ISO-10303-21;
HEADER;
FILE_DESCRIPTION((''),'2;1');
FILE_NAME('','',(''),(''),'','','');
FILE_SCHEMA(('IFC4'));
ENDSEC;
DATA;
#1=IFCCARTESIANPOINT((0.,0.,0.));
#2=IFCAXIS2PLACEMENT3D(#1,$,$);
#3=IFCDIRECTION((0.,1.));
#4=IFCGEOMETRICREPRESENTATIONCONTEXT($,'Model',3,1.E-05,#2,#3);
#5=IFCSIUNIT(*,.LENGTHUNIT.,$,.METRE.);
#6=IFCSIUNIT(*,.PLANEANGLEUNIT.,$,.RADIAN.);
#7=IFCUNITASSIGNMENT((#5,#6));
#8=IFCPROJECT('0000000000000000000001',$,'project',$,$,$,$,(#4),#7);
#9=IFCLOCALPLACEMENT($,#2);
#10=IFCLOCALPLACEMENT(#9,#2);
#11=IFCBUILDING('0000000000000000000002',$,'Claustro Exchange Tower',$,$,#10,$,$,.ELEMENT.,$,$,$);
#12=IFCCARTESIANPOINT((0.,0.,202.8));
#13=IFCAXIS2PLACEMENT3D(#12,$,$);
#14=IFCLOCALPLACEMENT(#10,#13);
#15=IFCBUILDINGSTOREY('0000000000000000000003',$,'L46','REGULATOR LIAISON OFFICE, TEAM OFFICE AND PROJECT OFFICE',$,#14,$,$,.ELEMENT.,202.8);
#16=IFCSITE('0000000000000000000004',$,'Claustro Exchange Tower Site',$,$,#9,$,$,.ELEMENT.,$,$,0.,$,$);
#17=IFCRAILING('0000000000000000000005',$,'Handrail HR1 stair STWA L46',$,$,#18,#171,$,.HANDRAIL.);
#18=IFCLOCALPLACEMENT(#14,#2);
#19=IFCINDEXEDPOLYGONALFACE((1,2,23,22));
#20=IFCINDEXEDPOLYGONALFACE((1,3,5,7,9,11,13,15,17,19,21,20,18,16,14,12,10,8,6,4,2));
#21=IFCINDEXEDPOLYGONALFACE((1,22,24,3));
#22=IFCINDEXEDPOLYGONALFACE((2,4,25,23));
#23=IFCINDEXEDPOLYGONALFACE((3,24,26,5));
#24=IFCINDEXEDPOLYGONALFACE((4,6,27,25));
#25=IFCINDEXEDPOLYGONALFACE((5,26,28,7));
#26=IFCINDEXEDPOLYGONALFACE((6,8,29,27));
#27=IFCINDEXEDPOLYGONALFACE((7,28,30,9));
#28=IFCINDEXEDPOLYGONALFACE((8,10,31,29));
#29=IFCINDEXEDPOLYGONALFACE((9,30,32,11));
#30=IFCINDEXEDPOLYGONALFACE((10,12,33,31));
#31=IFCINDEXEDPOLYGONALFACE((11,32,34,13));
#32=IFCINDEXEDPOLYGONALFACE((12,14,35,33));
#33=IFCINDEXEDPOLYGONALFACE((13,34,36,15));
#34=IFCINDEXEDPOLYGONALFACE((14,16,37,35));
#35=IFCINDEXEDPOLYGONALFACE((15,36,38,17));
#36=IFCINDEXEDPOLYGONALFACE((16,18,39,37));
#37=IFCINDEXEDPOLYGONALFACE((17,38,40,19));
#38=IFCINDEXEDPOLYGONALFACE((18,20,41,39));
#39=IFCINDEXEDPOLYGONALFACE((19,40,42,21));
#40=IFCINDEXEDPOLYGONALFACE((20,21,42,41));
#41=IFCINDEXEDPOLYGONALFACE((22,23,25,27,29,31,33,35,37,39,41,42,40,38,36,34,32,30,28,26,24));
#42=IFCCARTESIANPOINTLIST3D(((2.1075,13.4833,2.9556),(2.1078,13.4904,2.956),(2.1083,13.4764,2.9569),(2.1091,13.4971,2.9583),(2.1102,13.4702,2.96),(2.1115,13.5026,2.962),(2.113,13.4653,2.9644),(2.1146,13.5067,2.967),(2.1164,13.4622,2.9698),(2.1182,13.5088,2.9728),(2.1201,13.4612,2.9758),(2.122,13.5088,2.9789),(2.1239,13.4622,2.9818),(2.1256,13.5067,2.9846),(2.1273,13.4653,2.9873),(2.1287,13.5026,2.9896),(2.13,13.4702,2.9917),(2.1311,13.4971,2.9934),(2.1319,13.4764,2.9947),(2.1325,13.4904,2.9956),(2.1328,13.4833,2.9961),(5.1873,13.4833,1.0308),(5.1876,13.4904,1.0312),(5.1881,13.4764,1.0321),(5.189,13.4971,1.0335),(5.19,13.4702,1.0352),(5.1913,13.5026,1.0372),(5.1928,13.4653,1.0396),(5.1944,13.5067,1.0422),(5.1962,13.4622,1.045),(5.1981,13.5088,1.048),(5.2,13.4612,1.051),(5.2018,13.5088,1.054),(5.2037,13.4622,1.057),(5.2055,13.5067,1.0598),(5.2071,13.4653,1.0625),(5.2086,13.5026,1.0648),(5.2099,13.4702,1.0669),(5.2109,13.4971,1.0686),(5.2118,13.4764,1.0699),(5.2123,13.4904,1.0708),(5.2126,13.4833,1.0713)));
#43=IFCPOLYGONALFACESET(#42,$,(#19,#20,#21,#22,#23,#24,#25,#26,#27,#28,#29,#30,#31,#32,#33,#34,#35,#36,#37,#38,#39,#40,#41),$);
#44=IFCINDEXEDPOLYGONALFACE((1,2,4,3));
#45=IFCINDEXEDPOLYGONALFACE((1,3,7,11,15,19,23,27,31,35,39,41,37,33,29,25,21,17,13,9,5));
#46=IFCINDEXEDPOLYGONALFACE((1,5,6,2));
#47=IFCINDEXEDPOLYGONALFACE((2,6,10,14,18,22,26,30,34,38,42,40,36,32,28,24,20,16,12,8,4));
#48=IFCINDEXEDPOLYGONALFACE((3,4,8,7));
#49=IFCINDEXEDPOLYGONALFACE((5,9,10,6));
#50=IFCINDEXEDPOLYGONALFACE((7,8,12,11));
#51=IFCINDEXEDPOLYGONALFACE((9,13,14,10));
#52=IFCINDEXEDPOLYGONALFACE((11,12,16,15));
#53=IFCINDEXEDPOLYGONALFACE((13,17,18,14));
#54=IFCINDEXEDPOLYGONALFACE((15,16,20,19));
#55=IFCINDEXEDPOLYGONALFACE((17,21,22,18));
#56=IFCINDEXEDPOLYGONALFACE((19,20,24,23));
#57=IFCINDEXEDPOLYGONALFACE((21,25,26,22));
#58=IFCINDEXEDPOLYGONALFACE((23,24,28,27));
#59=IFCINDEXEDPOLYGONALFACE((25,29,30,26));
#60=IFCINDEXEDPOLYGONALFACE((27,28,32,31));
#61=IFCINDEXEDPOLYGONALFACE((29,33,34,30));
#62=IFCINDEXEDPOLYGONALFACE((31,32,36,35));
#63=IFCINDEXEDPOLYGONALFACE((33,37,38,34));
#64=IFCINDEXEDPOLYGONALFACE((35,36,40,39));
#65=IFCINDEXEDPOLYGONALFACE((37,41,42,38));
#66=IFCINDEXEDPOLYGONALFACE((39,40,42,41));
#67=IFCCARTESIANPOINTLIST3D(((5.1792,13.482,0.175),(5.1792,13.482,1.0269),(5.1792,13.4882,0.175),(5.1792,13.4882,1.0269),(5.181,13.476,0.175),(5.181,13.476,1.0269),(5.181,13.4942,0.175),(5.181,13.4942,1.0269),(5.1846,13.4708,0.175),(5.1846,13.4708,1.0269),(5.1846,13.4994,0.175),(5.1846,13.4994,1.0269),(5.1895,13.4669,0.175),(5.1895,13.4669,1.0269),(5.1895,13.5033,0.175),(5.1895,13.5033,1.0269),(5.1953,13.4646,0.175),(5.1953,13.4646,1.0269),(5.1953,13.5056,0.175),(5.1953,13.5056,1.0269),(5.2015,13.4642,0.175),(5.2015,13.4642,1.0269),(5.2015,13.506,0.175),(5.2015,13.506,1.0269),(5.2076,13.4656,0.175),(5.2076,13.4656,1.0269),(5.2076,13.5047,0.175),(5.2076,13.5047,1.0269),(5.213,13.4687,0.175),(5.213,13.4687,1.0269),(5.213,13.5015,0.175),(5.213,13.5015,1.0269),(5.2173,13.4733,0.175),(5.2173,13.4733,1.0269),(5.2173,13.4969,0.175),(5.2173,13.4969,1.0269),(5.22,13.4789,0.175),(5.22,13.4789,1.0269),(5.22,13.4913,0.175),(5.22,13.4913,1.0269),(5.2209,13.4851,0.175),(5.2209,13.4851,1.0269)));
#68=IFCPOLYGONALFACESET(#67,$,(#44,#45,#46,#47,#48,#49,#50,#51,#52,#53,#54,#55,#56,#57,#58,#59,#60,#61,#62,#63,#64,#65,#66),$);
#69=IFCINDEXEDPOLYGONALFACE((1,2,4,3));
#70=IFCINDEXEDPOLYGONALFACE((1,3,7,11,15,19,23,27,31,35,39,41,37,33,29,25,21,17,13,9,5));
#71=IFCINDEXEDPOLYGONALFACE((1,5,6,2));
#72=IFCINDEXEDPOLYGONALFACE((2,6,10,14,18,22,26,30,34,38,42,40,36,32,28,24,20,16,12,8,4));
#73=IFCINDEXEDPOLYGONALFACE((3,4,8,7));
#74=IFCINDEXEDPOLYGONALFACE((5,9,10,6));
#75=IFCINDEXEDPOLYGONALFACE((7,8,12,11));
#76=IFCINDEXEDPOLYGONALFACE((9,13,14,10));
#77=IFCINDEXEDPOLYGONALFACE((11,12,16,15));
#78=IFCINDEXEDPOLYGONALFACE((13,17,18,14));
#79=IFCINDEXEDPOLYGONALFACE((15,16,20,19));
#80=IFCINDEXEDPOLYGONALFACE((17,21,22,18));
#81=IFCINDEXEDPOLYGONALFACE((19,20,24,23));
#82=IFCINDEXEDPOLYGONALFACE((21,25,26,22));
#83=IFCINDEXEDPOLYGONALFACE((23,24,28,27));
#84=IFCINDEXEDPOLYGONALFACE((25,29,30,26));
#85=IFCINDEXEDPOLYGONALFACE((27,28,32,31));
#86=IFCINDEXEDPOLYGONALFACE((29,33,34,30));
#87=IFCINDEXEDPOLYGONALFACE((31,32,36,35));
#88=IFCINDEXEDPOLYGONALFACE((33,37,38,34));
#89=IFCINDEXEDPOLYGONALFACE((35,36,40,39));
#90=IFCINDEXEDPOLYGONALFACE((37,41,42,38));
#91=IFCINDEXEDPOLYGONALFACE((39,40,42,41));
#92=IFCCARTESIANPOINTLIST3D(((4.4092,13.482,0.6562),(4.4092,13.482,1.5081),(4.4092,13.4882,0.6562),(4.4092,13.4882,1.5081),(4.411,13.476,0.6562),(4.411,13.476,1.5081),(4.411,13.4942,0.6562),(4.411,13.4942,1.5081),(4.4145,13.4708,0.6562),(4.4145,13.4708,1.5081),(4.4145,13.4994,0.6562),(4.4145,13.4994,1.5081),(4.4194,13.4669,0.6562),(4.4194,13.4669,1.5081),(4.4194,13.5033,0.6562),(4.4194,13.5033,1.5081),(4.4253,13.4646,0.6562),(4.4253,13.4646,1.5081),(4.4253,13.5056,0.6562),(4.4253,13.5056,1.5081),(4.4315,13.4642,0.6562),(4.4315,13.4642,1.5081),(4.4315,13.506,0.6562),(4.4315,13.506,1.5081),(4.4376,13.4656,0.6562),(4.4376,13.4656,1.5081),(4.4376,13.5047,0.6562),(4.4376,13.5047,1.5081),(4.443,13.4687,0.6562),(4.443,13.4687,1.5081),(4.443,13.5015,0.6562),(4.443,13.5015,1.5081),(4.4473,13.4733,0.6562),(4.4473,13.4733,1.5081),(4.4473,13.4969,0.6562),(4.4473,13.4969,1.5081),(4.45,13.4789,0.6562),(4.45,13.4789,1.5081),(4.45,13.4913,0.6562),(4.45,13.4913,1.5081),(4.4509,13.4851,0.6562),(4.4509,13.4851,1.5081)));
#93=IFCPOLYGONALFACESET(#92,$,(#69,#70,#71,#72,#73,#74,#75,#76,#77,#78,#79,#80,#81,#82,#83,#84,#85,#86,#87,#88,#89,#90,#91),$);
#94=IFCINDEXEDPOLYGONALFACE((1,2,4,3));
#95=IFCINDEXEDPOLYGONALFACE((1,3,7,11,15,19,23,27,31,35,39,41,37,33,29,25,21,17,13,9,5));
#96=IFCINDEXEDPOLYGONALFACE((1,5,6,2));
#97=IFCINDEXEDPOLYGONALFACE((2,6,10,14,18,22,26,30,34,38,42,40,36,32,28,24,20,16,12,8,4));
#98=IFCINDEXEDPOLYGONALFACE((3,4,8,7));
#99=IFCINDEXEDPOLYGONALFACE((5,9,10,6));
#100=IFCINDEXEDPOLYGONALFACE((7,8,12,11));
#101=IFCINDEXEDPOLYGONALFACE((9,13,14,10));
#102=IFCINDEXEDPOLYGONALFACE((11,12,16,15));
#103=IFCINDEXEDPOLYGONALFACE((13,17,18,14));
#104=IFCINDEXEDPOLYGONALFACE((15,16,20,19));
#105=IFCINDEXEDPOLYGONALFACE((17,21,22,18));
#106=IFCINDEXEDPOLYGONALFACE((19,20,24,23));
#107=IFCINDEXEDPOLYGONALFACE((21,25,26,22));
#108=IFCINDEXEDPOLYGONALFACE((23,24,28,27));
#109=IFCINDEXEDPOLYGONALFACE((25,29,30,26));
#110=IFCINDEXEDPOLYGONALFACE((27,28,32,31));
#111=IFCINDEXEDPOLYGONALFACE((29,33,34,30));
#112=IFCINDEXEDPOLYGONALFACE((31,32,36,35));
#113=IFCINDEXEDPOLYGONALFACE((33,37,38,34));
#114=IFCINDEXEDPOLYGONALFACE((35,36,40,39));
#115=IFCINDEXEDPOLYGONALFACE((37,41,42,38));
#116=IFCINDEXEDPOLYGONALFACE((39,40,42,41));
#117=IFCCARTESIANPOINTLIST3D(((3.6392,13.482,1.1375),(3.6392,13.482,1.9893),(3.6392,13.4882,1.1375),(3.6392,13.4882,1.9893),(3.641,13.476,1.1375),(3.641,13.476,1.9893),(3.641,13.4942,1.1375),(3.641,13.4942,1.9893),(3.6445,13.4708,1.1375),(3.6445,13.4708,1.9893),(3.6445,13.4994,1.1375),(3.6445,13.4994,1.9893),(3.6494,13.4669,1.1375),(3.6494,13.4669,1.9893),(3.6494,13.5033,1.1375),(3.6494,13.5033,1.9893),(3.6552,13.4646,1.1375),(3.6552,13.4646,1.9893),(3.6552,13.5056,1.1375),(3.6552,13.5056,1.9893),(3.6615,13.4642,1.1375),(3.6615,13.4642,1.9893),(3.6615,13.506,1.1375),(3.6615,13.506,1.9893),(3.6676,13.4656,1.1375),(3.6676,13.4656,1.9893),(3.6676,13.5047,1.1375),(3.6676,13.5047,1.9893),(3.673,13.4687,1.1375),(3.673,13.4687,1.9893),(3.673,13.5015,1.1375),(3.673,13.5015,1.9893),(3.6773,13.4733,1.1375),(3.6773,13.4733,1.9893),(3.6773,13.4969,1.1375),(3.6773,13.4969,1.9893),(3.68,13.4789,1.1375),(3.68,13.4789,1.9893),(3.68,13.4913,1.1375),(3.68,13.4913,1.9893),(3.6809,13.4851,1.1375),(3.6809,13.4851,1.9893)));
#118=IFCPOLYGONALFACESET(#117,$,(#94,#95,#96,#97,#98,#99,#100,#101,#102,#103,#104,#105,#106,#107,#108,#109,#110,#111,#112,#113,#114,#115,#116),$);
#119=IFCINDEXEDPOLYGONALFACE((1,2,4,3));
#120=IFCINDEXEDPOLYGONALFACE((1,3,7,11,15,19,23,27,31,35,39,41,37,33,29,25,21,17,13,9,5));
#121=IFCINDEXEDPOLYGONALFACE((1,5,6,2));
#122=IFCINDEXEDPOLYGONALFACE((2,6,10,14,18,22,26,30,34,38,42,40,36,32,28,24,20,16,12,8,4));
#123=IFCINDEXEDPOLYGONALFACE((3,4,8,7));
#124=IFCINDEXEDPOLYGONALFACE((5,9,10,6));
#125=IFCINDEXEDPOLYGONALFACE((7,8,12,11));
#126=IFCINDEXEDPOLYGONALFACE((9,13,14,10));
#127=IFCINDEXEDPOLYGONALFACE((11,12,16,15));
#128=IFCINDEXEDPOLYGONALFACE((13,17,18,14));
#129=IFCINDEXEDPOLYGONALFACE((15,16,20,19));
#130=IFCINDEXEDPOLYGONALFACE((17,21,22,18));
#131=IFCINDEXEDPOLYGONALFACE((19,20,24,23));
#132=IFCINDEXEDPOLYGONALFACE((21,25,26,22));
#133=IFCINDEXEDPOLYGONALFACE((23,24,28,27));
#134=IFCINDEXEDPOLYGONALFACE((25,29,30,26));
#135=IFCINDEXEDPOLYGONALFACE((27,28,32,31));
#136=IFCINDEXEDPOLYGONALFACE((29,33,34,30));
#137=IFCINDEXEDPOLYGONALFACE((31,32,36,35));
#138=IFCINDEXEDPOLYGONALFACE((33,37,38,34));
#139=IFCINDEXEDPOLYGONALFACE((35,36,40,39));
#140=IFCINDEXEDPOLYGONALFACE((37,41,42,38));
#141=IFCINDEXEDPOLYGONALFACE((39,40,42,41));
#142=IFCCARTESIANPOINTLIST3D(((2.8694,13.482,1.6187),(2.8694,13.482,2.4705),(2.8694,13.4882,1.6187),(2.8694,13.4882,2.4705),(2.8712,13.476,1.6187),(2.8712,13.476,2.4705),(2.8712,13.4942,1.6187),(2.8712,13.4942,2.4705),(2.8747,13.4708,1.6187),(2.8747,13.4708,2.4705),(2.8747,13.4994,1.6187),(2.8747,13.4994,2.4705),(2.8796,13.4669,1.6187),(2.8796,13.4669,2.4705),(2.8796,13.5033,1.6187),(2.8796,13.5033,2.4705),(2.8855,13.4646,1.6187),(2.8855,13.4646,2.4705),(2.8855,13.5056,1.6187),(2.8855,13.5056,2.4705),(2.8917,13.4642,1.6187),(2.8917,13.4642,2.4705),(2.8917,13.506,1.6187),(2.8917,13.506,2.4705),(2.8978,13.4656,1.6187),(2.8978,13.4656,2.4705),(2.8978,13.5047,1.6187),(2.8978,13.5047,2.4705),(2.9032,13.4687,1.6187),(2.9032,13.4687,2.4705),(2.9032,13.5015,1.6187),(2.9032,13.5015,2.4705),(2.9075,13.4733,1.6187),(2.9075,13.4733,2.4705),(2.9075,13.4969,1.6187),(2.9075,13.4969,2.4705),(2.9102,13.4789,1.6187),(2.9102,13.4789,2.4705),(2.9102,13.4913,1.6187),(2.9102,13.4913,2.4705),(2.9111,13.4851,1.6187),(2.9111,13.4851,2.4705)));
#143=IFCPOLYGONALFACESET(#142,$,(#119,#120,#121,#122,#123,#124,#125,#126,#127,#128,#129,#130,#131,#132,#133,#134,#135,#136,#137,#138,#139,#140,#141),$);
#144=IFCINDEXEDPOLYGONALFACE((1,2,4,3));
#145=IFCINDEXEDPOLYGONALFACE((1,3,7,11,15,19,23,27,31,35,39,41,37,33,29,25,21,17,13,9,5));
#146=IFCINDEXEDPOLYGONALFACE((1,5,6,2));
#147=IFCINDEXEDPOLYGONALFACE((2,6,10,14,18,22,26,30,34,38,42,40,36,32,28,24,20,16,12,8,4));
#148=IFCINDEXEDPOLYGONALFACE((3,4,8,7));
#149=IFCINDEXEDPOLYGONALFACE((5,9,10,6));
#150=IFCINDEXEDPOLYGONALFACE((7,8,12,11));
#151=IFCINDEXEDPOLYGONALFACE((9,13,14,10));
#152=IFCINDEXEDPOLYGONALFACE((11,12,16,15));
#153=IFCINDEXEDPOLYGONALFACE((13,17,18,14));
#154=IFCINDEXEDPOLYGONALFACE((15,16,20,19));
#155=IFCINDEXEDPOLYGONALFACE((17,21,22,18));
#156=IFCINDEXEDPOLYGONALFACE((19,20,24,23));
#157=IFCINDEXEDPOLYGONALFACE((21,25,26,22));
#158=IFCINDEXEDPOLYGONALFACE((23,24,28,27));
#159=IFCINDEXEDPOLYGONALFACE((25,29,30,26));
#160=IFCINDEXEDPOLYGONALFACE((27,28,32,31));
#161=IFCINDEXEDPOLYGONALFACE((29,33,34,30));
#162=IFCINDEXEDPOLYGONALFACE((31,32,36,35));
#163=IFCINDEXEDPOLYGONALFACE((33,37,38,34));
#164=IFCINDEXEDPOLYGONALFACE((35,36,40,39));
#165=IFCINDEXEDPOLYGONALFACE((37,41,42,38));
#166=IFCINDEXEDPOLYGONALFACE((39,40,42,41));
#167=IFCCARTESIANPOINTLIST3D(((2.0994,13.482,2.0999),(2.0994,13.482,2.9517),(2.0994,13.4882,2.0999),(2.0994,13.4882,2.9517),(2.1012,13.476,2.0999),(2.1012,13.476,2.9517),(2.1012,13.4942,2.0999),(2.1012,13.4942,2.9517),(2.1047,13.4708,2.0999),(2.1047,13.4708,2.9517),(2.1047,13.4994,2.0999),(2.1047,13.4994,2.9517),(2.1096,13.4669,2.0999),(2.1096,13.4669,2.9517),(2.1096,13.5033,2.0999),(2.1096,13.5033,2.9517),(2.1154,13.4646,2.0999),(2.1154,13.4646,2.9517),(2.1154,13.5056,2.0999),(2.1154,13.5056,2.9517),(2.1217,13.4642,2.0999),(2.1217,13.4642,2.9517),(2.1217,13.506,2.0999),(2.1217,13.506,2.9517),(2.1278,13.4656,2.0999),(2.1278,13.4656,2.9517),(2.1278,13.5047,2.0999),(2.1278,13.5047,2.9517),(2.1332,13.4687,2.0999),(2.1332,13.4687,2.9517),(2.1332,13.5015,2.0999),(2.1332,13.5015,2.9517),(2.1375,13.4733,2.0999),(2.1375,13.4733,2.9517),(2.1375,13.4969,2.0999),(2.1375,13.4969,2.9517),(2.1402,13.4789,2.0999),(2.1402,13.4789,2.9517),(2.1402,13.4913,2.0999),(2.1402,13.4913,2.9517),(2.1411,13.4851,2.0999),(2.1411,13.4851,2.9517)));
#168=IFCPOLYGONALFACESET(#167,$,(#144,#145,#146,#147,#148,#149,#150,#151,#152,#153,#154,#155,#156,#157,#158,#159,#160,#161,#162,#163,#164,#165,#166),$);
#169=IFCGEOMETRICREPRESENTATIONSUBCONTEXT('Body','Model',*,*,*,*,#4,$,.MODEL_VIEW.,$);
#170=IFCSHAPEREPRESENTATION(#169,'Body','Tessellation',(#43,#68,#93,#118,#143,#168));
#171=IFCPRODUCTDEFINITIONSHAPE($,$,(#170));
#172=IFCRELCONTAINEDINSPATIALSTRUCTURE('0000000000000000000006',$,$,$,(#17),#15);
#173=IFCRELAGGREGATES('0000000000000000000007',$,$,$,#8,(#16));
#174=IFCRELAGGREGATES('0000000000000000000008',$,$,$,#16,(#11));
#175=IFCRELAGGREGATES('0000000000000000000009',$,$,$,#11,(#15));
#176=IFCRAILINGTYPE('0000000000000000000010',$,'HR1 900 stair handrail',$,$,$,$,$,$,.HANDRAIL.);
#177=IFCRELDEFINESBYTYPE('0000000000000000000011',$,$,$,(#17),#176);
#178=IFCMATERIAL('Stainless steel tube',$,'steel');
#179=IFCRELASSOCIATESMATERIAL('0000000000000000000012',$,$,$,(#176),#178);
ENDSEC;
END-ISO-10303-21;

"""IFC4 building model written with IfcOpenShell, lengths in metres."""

from ifc_helpers import new_model, si_unit, direction, frame, origin, origin_2d, place, context, subcontext, project, spatial, circle, extrude, material, type_object, element, save


model = new_model("IFC4")

# Units and contexts
model_context = context("Model", 3, precision=1e-05, world=origin(), true_north=direction((0.0, 1.0)))
body_context = subcontext(model_context, "Body", "Model", "MODEL_VIEW")
ifc_project = project(units=[si_unit("LENGTHUNIT", "METRE"), si_unit("PLANEANGLEUNIT", "RADIAN")], contexts=[model_context])

# Site, building, storey
site_placement = place(None, origin())
site = spatial("IfcSite", under=ifc_project, at=site_placement, Name="Claustro Exchange Tower Site", CompositionType="ELEMENT", RefElevation=0.0)
building_placement = place(site_placement, origin())
building = spatial("IfcBuilding", under=site, at=building_placement, Name="Claustro Exchange Tower", CompositionType="ELEMENT")
storey_placement = place(building_placement, frame((0.0, 0.0, 202.8)))
storey = spatial("IfcBuildingStorey", under=building, at=storey_placement, Name="L46", Description="REGULATOR LIAISON OFFICE, TEAM OFFICE AND PROJECT OFFICE", CompositionType="ELEMENT", Elevation=202.8)

# Railing
ifc_material_1 = material(Name="Stainless steel tube", Category="steel")
railing_type = type_object("IfcRailingType", Name="HR1 900 stair handrail", PredefinedType="HANDRAIL", material=ifc_material_1)
railing_placement = place(storey_placement, frame((5.2, 13.4851, 0.175)))
element("IfcRailing", 1, at=railing_placement, inside=storey, type_object=railing_type, Name="Handrail HR1 stair STWA L46", PredefinedType="HANDRAIL", context=body_context, shape_type="SweptSolid", body=[
    extrude(circle(Radius=0.0239, at=origin_2d()), frame((0.0, 0.0, 0.876), z_axis=(-0.84801, 0.0, 0.529981), x_axis=(0.0, -1.0, 0.0)), (0.0, 0.0, 1.0), 3.6318),
    extrude(circle(Radius=0.021, at=origin_2d()), origin(), (0.0, 0.0, 1.0), 0.8518),
    extrude(circle(Radius=0.021, at=origin_2d()), frame((-0.77, 0.0, 0.4812)), (0.0, 0.0, 1.0), 0.8518),
    extrude(circle(Radius=0.021, at=origin_2d()), frame((-1.54, 0.0, 0.9624)), (0.0, 0.0, 1.0), 0.8518),
    extrude(circle(Radius=0.021, at=origin_2d()), frame((-2.3098, 0.0, 1.4436)), (0.0, 0.0, 1.0), 0.8518),
    extrude(circle(Radius=0.021, at=origin_2d()), frame((-3.0798, 0.0, 1.9248)), (0.0, 0.0, 1.0), 0.8518),
])

save(model, "model.ifc")
